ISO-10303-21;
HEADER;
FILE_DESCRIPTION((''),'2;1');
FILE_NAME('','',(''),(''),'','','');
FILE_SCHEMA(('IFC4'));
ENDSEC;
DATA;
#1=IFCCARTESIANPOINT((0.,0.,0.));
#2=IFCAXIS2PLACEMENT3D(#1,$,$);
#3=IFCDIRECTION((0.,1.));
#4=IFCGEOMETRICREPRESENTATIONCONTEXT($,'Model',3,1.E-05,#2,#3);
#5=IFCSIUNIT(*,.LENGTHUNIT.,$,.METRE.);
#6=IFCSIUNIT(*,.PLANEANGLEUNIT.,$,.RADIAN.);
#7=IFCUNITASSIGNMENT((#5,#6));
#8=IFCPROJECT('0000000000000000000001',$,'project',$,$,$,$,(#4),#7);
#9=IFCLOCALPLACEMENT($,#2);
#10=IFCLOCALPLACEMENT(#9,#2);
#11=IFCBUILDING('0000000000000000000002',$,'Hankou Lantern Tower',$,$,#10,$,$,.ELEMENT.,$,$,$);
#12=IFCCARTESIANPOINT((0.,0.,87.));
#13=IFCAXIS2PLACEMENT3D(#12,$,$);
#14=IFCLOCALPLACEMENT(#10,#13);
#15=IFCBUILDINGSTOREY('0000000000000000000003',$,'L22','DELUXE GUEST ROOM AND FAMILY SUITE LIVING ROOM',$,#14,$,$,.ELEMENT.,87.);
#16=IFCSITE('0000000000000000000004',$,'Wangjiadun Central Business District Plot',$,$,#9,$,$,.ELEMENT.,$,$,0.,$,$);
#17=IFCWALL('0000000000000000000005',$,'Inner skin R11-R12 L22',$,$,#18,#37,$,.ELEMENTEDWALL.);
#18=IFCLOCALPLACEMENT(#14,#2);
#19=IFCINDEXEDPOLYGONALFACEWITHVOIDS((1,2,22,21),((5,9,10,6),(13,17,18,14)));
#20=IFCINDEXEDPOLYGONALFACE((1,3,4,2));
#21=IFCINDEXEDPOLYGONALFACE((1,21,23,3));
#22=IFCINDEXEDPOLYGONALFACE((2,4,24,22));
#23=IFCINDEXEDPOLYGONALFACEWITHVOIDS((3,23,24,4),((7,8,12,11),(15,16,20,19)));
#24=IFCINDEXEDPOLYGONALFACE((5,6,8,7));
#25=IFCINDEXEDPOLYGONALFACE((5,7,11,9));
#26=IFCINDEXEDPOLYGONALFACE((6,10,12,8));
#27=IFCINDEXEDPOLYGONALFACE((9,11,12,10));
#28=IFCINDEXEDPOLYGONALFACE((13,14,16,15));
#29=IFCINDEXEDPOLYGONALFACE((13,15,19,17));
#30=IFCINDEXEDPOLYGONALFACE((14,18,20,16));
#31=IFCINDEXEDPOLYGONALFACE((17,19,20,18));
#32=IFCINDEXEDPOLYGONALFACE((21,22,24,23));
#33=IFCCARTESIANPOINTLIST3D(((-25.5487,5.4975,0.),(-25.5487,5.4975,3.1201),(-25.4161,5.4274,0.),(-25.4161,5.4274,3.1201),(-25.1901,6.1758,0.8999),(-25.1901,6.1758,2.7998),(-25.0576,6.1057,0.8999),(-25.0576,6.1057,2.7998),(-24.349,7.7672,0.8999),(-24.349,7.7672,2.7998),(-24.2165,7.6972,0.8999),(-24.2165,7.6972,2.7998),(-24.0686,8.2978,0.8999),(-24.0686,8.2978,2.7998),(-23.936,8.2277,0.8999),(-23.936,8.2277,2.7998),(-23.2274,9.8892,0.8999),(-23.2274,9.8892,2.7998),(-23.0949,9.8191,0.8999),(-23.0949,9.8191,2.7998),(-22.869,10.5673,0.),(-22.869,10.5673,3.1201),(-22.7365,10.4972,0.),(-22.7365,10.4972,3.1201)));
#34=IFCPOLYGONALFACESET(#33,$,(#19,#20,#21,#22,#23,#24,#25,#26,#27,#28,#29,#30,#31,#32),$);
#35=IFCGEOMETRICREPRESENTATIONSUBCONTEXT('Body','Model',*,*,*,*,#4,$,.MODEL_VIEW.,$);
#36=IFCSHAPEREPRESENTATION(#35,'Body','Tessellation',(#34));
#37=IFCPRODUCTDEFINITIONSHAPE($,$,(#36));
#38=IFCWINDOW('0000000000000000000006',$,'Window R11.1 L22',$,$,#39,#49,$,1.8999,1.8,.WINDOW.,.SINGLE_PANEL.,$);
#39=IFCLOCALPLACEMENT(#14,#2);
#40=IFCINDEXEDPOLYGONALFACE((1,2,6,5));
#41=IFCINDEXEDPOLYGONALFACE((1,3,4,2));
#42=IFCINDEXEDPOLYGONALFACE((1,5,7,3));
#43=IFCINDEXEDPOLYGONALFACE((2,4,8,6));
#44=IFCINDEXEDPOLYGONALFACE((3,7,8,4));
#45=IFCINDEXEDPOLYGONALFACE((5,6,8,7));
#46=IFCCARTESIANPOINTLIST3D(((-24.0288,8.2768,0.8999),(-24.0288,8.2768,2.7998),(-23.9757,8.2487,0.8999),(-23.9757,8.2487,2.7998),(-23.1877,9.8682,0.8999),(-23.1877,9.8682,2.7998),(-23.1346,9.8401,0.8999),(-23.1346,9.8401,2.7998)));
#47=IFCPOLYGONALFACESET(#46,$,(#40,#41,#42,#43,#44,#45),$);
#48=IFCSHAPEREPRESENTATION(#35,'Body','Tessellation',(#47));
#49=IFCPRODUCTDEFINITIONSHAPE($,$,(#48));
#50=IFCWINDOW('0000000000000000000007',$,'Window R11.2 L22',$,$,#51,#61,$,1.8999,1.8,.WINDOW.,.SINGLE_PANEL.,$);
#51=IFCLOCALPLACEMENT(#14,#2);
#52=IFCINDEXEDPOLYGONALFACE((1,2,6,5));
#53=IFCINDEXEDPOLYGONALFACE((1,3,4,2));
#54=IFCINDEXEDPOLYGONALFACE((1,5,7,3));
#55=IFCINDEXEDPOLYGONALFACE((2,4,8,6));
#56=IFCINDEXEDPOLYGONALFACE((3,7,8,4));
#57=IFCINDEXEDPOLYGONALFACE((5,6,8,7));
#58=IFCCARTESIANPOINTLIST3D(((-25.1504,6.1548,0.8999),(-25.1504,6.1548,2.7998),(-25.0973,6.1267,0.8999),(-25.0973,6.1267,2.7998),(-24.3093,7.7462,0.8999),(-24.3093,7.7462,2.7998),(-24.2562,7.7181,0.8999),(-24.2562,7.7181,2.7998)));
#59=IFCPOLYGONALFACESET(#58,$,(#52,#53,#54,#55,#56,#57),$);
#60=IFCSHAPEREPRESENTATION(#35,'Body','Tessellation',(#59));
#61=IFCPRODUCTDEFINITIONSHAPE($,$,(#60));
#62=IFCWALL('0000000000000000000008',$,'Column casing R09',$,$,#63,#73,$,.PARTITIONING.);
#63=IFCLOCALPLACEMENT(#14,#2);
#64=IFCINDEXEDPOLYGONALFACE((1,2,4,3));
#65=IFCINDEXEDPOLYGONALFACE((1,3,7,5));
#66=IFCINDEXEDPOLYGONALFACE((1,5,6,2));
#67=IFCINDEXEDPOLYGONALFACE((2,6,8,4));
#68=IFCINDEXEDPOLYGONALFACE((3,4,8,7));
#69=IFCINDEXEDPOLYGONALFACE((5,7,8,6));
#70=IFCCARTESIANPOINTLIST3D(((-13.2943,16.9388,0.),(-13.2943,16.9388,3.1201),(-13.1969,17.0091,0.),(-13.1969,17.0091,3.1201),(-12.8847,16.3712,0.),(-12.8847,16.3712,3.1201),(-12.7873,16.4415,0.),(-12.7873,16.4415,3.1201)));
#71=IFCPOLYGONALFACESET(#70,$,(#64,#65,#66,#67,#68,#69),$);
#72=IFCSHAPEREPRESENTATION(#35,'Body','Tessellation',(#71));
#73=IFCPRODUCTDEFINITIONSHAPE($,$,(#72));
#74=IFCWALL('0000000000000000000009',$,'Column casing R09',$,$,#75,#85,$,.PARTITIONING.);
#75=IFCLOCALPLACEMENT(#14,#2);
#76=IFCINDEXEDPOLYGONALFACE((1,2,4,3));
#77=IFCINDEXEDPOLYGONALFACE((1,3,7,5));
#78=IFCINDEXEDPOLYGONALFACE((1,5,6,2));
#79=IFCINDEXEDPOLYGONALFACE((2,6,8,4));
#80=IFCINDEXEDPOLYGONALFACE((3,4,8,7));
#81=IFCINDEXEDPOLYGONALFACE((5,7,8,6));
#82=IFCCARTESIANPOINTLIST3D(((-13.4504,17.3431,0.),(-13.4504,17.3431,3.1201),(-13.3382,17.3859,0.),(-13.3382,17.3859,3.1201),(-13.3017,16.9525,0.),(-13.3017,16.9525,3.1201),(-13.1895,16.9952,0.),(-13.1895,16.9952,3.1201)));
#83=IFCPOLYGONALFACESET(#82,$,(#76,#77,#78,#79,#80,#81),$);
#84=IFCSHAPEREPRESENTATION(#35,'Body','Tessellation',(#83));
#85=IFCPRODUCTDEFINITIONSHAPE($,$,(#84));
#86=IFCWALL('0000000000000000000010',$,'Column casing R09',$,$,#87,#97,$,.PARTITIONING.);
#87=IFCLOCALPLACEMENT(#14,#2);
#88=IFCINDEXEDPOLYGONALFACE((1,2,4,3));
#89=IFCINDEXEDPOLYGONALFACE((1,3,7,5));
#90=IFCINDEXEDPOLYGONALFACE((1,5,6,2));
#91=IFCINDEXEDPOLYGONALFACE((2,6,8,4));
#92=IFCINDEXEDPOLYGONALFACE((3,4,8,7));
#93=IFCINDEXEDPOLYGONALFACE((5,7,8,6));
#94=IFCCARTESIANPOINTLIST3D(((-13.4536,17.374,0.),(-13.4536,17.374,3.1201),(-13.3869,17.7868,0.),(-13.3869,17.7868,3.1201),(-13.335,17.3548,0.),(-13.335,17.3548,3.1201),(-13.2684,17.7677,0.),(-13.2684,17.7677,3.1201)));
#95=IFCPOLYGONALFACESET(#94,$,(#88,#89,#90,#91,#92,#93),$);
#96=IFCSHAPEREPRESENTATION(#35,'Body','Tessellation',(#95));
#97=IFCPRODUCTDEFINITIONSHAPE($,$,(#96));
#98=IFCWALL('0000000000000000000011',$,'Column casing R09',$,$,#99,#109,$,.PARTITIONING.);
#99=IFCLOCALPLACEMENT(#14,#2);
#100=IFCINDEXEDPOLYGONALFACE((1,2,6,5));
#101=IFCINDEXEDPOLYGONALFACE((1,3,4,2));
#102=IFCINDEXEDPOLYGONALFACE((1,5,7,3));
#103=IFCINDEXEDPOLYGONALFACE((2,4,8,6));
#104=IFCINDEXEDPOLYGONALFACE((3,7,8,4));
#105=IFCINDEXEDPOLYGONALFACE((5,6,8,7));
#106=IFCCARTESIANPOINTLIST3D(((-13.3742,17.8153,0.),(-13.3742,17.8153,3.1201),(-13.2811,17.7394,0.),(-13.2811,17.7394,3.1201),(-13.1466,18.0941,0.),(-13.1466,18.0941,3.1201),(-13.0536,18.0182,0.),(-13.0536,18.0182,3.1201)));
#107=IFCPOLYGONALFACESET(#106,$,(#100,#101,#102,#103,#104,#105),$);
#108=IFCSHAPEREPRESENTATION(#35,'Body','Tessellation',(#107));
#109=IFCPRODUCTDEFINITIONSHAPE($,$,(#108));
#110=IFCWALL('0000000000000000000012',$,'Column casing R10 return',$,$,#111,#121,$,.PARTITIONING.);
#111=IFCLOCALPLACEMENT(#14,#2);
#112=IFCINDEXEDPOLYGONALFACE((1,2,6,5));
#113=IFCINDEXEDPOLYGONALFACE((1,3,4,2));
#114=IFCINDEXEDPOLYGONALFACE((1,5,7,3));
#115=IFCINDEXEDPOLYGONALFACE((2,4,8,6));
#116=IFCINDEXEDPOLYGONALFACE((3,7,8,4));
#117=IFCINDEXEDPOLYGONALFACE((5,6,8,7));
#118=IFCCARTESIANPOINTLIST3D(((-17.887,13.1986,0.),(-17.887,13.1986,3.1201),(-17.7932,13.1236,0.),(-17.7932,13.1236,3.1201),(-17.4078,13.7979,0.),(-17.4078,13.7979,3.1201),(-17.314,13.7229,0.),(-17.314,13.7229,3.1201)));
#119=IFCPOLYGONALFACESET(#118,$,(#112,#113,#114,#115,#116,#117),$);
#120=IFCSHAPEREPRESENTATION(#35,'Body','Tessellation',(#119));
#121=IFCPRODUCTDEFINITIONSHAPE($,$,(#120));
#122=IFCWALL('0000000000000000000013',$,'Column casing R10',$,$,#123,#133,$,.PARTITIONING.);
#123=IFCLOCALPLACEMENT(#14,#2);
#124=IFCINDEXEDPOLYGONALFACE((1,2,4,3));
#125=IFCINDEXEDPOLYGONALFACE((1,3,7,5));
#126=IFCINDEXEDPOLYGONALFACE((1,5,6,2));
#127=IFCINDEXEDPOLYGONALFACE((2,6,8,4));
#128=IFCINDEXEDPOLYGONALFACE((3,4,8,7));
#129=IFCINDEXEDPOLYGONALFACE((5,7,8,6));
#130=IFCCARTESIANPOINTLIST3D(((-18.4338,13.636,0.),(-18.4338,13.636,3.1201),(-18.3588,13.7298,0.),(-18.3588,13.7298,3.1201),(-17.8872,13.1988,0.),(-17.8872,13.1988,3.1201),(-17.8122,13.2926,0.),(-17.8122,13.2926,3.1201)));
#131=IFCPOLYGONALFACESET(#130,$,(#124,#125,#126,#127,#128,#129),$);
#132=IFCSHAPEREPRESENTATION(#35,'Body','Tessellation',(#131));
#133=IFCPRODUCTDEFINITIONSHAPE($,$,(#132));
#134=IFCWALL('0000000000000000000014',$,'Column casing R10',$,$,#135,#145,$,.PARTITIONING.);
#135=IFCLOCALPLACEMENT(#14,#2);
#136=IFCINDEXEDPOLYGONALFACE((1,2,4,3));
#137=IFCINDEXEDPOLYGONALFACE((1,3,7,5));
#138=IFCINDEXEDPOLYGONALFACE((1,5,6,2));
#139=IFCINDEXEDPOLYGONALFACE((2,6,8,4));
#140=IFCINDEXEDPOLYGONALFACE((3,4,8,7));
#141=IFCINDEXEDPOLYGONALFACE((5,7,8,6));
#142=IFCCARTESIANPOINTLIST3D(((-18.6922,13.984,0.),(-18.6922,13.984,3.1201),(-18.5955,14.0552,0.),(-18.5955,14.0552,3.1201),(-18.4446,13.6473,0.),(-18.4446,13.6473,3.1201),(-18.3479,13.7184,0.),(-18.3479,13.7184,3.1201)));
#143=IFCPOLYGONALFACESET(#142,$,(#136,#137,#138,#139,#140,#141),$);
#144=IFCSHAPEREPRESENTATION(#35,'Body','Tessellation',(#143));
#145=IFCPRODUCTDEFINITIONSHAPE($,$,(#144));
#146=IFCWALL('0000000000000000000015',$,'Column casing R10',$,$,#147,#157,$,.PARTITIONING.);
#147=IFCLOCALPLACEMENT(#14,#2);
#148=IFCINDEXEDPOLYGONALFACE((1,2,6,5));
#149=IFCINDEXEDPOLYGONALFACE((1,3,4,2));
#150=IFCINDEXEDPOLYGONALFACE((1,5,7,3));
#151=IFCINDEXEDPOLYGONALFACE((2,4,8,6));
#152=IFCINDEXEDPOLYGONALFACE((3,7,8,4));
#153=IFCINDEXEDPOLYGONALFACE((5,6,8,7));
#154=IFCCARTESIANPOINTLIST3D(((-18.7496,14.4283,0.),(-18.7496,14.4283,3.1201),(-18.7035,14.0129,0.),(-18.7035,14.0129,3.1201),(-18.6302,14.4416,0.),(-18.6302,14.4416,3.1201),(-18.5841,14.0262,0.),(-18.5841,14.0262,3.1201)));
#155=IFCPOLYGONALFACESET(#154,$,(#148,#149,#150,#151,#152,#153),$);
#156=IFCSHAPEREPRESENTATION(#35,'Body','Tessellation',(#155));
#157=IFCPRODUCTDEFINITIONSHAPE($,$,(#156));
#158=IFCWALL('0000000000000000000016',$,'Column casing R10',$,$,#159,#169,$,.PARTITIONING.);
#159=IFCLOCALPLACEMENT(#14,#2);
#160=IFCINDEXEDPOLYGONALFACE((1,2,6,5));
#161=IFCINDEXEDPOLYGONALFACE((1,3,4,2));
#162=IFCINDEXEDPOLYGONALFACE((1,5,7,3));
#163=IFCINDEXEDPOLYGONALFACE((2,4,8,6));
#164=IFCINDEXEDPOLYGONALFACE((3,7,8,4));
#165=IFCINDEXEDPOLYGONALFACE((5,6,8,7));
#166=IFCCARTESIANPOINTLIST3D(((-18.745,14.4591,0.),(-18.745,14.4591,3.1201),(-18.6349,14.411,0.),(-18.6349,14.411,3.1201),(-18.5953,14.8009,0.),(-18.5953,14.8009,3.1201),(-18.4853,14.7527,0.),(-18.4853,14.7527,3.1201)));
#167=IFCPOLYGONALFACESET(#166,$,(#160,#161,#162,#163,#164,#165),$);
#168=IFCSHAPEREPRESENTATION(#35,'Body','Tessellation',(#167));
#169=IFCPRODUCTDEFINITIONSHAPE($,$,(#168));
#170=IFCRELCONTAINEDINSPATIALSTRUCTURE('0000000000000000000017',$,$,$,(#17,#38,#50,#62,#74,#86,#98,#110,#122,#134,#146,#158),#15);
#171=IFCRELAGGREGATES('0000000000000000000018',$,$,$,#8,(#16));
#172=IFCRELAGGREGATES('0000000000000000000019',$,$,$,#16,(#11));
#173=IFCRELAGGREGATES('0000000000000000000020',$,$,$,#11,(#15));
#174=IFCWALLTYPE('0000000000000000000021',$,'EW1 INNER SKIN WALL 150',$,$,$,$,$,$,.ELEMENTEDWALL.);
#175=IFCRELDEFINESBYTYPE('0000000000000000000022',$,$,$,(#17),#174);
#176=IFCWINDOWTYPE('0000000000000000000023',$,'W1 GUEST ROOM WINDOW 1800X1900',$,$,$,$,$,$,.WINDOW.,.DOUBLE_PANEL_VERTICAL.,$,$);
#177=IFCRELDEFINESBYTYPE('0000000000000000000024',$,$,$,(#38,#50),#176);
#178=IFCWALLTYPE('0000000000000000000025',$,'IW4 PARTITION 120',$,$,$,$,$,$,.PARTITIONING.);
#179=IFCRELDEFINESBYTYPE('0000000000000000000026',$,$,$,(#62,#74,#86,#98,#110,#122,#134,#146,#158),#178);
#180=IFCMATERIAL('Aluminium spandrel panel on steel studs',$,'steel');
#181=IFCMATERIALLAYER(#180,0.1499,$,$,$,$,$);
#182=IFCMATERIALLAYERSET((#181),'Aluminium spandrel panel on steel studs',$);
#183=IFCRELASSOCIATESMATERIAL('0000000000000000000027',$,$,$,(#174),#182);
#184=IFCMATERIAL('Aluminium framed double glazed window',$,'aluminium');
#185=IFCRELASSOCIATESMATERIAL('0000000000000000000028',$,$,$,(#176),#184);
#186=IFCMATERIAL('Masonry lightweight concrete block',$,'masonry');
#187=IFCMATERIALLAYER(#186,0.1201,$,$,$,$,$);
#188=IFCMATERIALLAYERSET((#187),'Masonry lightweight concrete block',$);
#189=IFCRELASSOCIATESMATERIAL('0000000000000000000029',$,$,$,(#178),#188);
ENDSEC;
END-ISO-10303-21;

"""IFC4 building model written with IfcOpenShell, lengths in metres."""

from ifc_helpers import new_model, si_unit, direction, frame, frame_2d, origin, place, context, subcontext, project, spatial, rectangle, extrude, material, layer, layer_set, type_object, element, fill, save


model = new_model("IFC4")

# Units and contexts
model_context = context("Model", 3, precision=1e-05, world=origin(), true_north=direction((0.0, 1.0)))
body_context = subcontext(model_context, "Body", "Model", "MODEL_VIEW")
ifc_project = project(units=[si_unit("LENGTHUNIT", "METRE"), si_unit("PLANEANGLEUNIT", "RADIAN")], contexts=[model_context])

# Site, building, storey
site_placement = place(None, origin())
site = spatial("IfcSite", under=ifc_project, at=site_placement, Name="Wangjiadun Central Business District Plot", CompositionType="ELEMENT", RefElevation=0.0)
building_placement = place(site_placement, origin())
building = spatial("IfcBuilding", under=site, at=building_placement, Name="Hankou Lantern Tower", CompositionType="ELEMENT")
storey_placement = place(building_placement, frame((0.0, 0.0, 87.0)))
storey = spatial("IfcBuildingStorey", under=building, at=storey_placement, Name="L22", Description="DELUXE GUEST ROOM AND FAMILY SUITE LIVING ROOM", CompositionType="ELEMENT", Elevation=87.0)

# Wall, openings, windows
ifc_material_1 = material(Name="Aluminium spandrel panel on steel studs", Category="steel")
ifc_layer_1 = layer(ifc_material_1, 0.1499)
ifc_layer_set_1 = layer_set([ifc_layer_1], Name="Aluminium spandrel panel on steel studs")
wall_type_1 = type_object("IfcWallType", Name="EW1 INNER SKIN WALL 150", PredefinedType="ELEMENTEDWALL", material=ifc_layer_set_1)
ifc_material_2 = material(Name="Aluminium framed double glazed window", Category="aluminium")
window_type = type_object("IfcWindowType", Name="W1 GUEST ROOM WINDOW 1800X1900", PartitioningType="DOUBLE_PANEL_VERTICAL", PredefinedType="WINDOW", material=ifc_material_2)
wall_1_placement = place(storey_placement, frame((-22.8027, 10.5322, 0.0), z_axis=(0.0, 0.0, 1.0), x_axis=(-0.467297, -0.8841, 0.0)))
wall_1 = element("IfcWall", 1, at=wall_1_placement, inside=storey, type_object=wall_type_1, Name="Inner skin R11-R12 L22", PredefinedType="ELEMENTEDWALL", context=body_context, shape_type="SweptSolid", body=[
    extrude(rectangle(XDim=5.7344, YDim=0.1499, at=frame_2d((2.8672, 0.0))), origin(), (0.0, 0.0, 1.0), 3.1201),
])
opening_1_placement = place(wall_1_placement, frame((0.7671, 0.0, 0.8999)))
opening_1 = element("IfcOpeningElement", 2, at=opening_1_placement, cuts=wall_1, PredefinedType="OPENING", context=body_context, shape_type="SweptSolid", body=[
    extrude(rectangle(XDim=1.8, YDim=1.8999, at=frame_2d((0.8999, 0.95))), frame((0.0, 0.085, 0.0), z_axis=(0.0, -1.0, 0.0), x_axis=(1.0, 0.0, 0.0)), (0.0, 0.0, 1.0), 0.1699),
])
opening_2_placement = place(wall_1_placement, frame((3.1672, 0.0, 0.8999)))
opening_2 = element("IfcOpeningElement", 3, at=opening_2_placement, cuts=wall_1, PredefinedType="OPENING", context=body_context, shape_type="SweptSolid", body=[
    extrude(rectangle(XDim=1.8, YDim=1.8999, at=frame_2d((0.8999, 0.95))), frame((0.0, 0.085, 0.0), z_axis=(0.0, -1.0, 0.0), x_axis=(1.0, 0.0, 0.0)), (0.0, 0.0, 1.0), 0.1699),
])
window_1_placement = place(opening_1_placement, origin())
window_1 = element("IfcWindow", 4, at=window_1_placement, inside=storey, type_object=window_type, Name="Window R11.1 L22", OverallHeight=1.8999, OverallWidth=1.8, PartitioningType="SINGLE_PANEL", PredefinedType="WINDOW", context=body_context, shape_type="SweptSolid", body=[
    extrude(rectangle(XDim=1.8, YDim=1.8999, at=frame_2d((0.8999, 0.95))), frame((0.0, 0.03, 0.0), z_axis=(0.0, -1.0, 0.0), x_axis=(1.0, 0.0, 0.0)), (0.0, 0.0, 1.0), 0.0601),
])
fill(opening_1, window_1)
window_2_placement = place(opening_2_placement, origin())
window_2 = element("IfcWindow", 5, at=window_2_placement, inside=storey, type_object=window_type, Name="Window R11.2 L22", OverallHeight=1.8999, OverallWidth=1.8, PartitioningType="SINGLE_PANEL", PredefinedType="WINDOW", context=body_context, shape_type="SweptSolid", body=[
    extrude(rectangle(XDim=1.8, YDim=1.8999, at=frame_2d((0.8999, 0.95))), frame((0.0, 0.03, 0.0), z_axis=(0.0, -1.0, 0.0), x_axis=(1.0, 0.0, 0.0)), (0.0, 0.0, 1.0), 0.0601),
])
fill(opening_2, window_2)

# Walls
ifc_material_3 = material(Name="Masonry lightweight concrete block", Category="masonry")
ifc_layer_2 = layer(ifc_material_3, 0.1201)
ifc_layer_set_2 = layer_set([ifc_layer_2], Name="Masonry lightweight concrete block")
wall_type_2 = type_object("IfcWallType", Name="IW4 PARTITION 120", PredefinedType="PARTITIONING", material=ifc_layer_set_2)
wall_2_placement = place(storey_placement, frame((-12.8359, 16.4062, 0.0), z_axis=(0.0, 0.0, 1.0), x_axis=(-0.585223, 0.810872, 0.0)))
element("IfcWall", 6, at=wall_2_placement, inside=storey, type_object=wall_type_2, Name="Column casing R09", PredefinedType="PARTITIONING", context=body_context, shape_type="SweptSolid", body=[
    extrude(rectangle(XDim=0.7, YDim=0.1201, at=frame_2d((0.3501, 0.0))), origin(), (0.0, 0.0, 1.0), 3.1201),
])
wall_3_placement = place(storey_placement, frame((-13.2456, 16.9739, 0.0), z_axis=(0.0, 0.0, 1.0), x_axis=(-0.355728, 0.934589, 0.0)))
element("IfcWall", 7, at=wall_3_placement, inside=storey, type_object=wall_type_2, Name="Column casing R09", PredefinedType="PARTITIONING", context=body_context, shape_type="SweptSolid", body=[
    extrude(rectangle(XDim=0.418, YDim=0.1201, at=frame_2d((0.209, 0.0))), origin(), (0.0, 0.0, 1.0), 3.1201),
])
wall_4_placement = place(storey_placement, frame((-13.3943, 17.3645, 0.0), z_axis=(0.0, 0.0, 1.0), x_axis=(0.159379, 0.987217, 0.0)))
element("IfcWall", 8, at=wall_4_placement, inside=storey, type_object=wall_type_2, Name="Column casing R09", PredefinedType="PARTITIONING", context=body_context, shape_type="SweptSolid", body=[
    extrude(rectangle(XDim=0.4182, YDim=0.1201, at=frame_2d((0.209, 0.0))), origin(), (0.0, 0.0, 1.0), 3.1201),
])
wall_5_placement = place(storey_placement, frame((-13.3276, 17.7773, 0.0), z_axis=(0.0, 0.0, 1.0), x_axis=(0.632277, 0.774743, 0.0)))
element("IfcWall", 9, at=wall_5_placement, inside=storey, type_object=wall_type_2, Name="Column casing R09", PredefinedType="PARTITIONING", context=body_context, shape_type="SweptSolid", body=[
    extrude(rectangle(XDim=0.3599, YDim=0.1201, at=frame_2d((0.1799, 0.0))), origin(), (0.0, 0.0, 1.0), 3.1201),
])
wall_6_placement = place(storey_placement, frame((-17.3608, 13.7605, 0.0), z_axis=(0.0, 0.0, 1.0), x_axis=(-0.624501, -0.781024, 0.0)))
element("IfcWall", 10, at=wall_6_placement, inside=storey, type_object=wall_type_2, Name="Column casing R10 return", PredefinedType="PARTITIONING", context=body_context, shape_type="SweptSolid", body=[
    extrude(rectangle(XDim=0.7673, YDim=0.1201, at=frame_2d((0.3838, 0.0))), origin(), (0.0, 0.0, 1.0), 3.1201),
])
wall_7_placement = place(storey_placement, frame((-17.8496, 13.2456, 0.0), z_axis=(0.0, 0.0, 1.0), x_axis=(-0.780903, 0.624653, 0.0)))
element("IfcWall", 11, at=wall_7_placement, inside=storey, type_object=wall_type_2, Name="Column casing R10", PredefinedType="PARTITIONING", context=body_context, shape_type="SweptSolid", body=[
    extrude(rectangle(XDim=0.7, YDim=0.1201, at=frame_2d((0.3501, 0.0))), origin(), (0.0, 0.0, 1.0), 3.1201),
])
for number, where, z_axis, x_axis, name in (
    (12, (-18.3962, 13.6829, 0.0), (0.0, 0.0, 1.0), (-0.592402, 0.805643, 0.0), "Column casing R10"),
    (13, (-18.6438, 14.0195, 0.0), (0.0, 0.0, 1.0), (-0.110367, 0.993891, 0.0), "Column casing R10"),
):
    element("IfcWall", number, at=place(storey_placement, frame(where, z_axis=z_axis, x_axis=x_axis)), inside=storey, type_object=wall_type_2, Name=name, PredefinedType="PARTITIONING", context=body_context, shape_type="SweptSolid", body=[
        extrude(rectangle(XDim=0.418, YDim=0.1201, at=frame_2d((0.209, 0.0))), origin(), (0.0, 0.0, 1.0), 3.1201),
    ])
wall_8_placement = place(storey_placement, frame((-18.6899, 14.4351, 0.0), z_axis=(0.0, 0.0, 1.0), x_axis=(0.401093, 0.916037, 0.0)))
element("IfcWall", 14, at=wall_8_placement, inside=storey, type_object=wall_type_2, Name="Column casing R10", PredefinedType="PARTITIONING", context=body_context, shape_type="SweptSolid", body=[
    extrude(rectangle(XDim=0.373, YDim=0.1201, at=frame_2d((0.1865, 0.0))), origin(), (0.0, 0.0, 1.0), 3.1201),
])

save(model, "model.ifc")
